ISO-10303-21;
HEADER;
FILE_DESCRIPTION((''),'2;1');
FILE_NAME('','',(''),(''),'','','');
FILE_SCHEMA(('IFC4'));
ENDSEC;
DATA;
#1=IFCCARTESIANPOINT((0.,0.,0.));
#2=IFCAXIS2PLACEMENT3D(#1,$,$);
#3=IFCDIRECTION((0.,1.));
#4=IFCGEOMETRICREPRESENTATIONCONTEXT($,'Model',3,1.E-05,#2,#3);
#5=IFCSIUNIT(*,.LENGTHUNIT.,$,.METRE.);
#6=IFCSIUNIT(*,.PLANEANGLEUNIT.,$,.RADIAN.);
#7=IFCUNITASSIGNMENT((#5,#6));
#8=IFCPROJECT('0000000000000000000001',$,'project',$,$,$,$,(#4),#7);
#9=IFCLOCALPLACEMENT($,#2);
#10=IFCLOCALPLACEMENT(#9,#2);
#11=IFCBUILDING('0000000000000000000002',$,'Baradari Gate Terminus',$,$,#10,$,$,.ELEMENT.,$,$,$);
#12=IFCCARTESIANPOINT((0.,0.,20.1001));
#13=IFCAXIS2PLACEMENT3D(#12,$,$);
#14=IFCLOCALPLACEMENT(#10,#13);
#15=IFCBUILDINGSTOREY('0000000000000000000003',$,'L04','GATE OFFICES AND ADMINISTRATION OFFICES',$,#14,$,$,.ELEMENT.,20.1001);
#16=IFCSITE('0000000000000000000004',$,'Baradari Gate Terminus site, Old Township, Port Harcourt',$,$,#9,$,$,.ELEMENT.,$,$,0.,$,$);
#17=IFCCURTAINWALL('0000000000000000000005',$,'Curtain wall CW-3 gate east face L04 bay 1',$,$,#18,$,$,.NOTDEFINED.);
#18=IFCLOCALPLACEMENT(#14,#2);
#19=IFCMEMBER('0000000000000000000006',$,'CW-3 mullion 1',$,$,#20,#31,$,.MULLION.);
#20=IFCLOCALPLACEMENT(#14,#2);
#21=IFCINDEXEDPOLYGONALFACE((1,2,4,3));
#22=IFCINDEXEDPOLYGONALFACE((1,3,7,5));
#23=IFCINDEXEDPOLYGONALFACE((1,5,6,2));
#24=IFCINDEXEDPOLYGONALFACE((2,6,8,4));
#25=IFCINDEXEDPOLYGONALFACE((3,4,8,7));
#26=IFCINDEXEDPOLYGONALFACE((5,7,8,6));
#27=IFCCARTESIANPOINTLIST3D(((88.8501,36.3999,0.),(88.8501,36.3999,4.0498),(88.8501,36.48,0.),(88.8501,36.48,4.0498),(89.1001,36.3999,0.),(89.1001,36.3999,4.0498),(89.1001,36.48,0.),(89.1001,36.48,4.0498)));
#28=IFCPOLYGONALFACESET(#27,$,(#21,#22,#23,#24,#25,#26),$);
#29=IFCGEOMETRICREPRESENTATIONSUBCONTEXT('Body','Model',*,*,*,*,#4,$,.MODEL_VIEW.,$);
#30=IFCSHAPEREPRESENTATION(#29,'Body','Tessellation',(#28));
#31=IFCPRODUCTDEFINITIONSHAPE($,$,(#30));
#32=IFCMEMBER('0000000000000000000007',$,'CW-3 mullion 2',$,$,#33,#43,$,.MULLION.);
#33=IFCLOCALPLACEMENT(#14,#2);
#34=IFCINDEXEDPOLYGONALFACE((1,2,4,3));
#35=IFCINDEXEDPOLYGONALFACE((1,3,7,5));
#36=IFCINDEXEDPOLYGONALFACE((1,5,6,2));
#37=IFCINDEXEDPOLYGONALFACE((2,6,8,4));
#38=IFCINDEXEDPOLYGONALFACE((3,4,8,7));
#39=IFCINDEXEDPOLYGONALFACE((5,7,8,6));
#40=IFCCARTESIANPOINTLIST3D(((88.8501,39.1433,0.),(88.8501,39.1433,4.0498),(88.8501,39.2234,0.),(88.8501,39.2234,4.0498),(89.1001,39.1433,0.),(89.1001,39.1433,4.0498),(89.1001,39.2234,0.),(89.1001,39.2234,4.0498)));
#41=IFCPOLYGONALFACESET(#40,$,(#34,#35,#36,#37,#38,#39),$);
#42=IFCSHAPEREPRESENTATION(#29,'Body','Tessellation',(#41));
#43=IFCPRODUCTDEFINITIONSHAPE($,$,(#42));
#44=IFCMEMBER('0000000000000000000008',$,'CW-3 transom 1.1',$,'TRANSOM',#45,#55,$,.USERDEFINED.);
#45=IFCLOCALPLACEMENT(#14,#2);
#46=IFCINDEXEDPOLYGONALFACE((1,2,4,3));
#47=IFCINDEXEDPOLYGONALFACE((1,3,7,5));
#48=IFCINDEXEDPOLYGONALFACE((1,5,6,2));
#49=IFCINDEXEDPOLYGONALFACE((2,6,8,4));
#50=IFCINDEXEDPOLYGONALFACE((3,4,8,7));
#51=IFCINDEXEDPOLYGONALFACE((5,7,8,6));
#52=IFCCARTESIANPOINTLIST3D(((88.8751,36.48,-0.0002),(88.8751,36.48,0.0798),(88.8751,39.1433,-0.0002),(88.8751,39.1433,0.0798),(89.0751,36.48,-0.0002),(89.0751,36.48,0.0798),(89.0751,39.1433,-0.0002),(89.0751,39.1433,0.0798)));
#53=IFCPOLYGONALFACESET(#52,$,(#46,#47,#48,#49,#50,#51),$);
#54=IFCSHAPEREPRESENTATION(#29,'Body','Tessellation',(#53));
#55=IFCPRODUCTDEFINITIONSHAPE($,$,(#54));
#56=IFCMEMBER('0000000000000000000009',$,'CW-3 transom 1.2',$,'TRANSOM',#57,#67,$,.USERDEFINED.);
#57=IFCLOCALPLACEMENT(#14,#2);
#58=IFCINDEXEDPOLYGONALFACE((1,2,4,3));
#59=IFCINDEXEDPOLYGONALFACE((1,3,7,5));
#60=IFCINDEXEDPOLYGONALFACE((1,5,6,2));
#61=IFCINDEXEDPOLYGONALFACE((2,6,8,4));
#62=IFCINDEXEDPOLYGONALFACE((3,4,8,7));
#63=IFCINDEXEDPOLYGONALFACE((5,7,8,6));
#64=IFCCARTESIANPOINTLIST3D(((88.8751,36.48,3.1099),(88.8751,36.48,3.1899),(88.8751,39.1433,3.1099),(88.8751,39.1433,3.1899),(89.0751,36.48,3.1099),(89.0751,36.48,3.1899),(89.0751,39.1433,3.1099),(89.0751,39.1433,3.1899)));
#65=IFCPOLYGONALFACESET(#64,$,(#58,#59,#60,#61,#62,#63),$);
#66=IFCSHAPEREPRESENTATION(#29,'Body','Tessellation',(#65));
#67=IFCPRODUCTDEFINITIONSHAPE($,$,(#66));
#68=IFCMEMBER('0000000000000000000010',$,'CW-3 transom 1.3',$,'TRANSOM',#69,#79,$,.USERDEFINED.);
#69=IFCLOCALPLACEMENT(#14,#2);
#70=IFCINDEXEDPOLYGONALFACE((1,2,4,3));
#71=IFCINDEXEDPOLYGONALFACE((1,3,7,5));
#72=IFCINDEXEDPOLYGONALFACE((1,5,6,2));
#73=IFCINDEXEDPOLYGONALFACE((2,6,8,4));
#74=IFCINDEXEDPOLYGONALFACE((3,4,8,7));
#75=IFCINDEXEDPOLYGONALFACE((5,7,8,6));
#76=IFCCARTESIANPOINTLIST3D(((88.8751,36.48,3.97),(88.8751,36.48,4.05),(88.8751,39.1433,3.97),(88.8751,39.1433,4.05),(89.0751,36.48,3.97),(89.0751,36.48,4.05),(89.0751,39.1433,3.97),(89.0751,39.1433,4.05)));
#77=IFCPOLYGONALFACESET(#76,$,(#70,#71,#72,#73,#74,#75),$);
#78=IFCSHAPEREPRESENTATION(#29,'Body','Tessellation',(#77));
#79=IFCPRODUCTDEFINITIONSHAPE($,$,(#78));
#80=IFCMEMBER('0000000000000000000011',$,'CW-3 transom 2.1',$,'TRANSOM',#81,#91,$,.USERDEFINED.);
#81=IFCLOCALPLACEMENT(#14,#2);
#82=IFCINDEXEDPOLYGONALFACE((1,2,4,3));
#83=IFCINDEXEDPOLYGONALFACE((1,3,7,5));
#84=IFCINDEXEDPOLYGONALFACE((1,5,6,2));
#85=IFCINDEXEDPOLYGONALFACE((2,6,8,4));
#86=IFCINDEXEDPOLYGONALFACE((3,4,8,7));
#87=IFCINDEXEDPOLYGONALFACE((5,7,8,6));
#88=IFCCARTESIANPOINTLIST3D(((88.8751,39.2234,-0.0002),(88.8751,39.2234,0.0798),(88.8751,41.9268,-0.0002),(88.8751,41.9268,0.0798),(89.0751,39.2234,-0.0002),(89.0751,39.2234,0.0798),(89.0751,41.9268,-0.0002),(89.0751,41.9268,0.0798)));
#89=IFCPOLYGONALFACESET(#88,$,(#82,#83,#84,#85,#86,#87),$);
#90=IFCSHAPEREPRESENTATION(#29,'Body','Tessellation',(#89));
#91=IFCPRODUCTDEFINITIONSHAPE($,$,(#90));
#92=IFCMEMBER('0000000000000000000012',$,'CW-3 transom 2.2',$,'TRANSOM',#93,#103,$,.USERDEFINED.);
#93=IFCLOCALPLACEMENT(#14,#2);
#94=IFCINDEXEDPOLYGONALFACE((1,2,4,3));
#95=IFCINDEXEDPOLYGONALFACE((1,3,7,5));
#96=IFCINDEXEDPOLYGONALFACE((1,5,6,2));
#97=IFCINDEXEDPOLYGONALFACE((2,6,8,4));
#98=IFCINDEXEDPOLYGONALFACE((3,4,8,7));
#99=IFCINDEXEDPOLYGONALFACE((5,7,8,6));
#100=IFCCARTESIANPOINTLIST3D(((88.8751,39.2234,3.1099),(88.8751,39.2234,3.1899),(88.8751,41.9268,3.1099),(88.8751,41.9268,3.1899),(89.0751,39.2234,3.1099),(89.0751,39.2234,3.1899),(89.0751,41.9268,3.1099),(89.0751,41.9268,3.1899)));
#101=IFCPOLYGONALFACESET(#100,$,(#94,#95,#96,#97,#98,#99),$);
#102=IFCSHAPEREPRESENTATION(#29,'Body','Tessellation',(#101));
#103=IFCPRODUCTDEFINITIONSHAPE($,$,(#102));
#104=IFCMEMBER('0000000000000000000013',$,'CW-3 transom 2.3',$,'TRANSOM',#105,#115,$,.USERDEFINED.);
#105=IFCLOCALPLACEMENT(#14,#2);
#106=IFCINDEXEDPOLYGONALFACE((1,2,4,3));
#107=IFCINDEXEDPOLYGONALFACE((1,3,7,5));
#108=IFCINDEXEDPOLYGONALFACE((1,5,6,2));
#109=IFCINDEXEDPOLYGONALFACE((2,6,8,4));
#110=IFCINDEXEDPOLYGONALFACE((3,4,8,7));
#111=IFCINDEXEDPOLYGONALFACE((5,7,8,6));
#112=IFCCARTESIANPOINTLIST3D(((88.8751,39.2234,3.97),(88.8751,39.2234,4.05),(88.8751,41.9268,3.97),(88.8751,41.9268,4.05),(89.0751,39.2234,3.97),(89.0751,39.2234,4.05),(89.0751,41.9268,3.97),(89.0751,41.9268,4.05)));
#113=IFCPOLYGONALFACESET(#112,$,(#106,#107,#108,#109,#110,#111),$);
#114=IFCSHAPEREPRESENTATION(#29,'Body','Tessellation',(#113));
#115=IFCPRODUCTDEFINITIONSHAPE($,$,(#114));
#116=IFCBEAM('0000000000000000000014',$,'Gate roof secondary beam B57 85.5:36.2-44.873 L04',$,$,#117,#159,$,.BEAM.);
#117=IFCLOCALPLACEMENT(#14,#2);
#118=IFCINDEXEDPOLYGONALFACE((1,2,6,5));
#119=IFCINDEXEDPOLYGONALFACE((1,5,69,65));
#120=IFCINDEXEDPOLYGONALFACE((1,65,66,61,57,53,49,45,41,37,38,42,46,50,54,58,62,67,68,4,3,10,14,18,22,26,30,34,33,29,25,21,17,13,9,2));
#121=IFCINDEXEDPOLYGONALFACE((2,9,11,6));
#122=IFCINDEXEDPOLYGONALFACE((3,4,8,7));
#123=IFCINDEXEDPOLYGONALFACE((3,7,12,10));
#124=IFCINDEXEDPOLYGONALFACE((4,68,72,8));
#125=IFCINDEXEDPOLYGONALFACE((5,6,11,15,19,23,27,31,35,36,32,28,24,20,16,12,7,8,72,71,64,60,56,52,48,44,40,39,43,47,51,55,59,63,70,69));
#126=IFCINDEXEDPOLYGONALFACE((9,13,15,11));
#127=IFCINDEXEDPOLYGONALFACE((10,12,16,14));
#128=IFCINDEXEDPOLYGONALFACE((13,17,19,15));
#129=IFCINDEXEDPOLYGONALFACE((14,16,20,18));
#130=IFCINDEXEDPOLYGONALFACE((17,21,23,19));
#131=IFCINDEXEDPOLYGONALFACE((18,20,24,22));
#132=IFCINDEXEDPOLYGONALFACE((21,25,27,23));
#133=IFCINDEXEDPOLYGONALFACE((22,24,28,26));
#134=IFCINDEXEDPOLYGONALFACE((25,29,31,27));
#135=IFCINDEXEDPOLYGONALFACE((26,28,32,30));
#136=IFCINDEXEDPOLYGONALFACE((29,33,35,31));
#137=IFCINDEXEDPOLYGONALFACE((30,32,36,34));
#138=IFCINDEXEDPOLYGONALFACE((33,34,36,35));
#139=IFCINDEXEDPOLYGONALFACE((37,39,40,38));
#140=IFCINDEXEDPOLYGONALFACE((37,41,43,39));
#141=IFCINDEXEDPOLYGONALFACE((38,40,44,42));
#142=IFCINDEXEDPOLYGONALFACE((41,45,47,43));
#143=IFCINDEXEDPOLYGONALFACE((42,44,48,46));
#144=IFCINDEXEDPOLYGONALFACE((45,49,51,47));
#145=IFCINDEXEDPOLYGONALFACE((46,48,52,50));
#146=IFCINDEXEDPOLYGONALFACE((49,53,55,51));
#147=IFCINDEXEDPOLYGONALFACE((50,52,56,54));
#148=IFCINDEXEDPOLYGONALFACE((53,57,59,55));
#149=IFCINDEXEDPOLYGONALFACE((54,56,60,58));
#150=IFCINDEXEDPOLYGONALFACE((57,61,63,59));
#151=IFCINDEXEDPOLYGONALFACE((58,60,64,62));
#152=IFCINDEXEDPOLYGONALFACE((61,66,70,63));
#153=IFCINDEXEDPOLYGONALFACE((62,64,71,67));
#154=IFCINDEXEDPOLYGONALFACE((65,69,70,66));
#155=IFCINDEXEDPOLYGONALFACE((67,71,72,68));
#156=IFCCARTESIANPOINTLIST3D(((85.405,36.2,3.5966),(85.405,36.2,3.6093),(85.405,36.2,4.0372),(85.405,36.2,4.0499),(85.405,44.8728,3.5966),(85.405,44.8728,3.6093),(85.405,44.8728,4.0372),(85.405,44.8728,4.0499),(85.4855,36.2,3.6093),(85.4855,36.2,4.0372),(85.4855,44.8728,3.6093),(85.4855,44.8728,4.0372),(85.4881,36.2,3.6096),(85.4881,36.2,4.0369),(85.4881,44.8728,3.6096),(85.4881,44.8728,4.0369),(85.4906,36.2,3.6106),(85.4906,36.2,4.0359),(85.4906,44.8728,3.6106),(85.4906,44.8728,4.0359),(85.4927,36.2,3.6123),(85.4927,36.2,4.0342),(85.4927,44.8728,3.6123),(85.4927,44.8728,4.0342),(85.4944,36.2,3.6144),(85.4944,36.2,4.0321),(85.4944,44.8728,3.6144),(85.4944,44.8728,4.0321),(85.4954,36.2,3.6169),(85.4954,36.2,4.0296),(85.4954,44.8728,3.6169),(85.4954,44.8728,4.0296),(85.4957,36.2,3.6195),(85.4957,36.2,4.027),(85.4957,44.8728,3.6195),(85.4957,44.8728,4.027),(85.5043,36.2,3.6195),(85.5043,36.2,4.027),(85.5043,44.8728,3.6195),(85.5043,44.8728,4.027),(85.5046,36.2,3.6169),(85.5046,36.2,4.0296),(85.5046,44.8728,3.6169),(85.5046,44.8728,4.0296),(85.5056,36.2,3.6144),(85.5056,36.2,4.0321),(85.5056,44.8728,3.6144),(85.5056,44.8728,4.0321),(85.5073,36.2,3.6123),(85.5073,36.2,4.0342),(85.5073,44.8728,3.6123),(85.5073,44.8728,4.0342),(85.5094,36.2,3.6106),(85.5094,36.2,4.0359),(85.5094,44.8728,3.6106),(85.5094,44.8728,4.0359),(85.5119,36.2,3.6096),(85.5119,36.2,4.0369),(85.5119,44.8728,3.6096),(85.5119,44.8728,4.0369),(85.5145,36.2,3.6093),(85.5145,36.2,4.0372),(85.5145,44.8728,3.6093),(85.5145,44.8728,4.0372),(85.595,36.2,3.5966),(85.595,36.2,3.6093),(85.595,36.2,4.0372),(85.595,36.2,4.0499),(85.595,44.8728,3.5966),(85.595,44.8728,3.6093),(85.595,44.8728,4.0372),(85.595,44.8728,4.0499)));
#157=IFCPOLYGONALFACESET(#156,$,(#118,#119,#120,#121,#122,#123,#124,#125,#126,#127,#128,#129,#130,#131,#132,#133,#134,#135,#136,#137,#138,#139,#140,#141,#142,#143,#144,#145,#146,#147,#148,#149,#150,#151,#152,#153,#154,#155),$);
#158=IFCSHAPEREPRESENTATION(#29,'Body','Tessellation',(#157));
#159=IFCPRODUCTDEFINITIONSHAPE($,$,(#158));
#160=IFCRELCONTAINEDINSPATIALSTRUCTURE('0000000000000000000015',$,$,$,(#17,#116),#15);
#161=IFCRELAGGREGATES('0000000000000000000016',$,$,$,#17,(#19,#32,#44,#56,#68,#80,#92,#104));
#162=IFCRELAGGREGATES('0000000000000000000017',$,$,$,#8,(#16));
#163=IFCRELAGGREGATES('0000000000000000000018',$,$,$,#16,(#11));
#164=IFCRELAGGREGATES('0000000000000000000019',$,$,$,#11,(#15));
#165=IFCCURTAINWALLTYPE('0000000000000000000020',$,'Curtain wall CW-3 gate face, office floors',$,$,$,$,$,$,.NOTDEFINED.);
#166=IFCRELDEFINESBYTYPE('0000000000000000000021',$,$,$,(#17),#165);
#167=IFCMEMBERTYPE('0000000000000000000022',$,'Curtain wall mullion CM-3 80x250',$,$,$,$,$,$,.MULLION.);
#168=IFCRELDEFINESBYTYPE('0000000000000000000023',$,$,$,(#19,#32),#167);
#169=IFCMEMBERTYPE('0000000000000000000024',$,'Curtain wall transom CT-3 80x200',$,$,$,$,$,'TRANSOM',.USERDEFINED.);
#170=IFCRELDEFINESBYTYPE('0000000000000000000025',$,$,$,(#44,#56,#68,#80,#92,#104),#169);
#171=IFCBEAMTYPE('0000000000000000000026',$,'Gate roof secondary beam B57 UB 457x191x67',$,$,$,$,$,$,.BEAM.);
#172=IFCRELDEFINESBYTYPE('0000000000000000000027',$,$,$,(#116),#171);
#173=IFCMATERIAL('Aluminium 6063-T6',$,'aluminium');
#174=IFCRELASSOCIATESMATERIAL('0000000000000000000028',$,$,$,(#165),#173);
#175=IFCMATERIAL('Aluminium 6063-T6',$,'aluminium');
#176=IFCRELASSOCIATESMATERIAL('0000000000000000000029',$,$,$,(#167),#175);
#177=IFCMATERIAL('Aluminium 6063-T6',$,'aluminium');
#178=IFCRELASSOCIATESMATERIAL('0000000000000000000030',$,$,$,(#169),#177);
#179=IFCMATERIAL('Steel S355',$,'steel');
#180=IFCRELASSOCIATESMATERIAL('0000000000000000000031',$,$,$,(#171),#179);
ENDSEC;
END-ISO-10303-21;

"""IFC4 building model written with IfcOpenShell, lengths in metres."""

from ifc_helpers import new_model, si_unit, direction, frame, origin, origin_2d, place, context, subcontext, project, spatial, rectangle, i_section, extrude, material, material_profile, profile_set, type_object, element, aggregate, save


model = new_model("IFC4")

# Units and contexts
model_context = context("Model", 3, precision=1e-05, world=origin(), true_north=direction((0.0, 1.0)))
body_context = subcontext(model_context, "Body", "Model", "MODEL_VIEW")
ifc_project = project(units=[si_unit("LENGTHUNIT", "METRE"), si_unit("PLANEANGLEUNIT", "RADIAN")], contexts=[model_context])

# Site, building, storey
site_placement = place(None, origin())
site = spatial("IfcSite", under=ifc_project, at=site_placement, Name="Baradari Gate Terminus site, Old Township, Port Harcourt", CompositionType="ELEMENT", RefElevation=0.0)
building_placement = place(site_placement, origin())
building = spatial("IfcBuilding", under=site, at=building_placement, Name="Baradari Gate Terminus", CompositionType="ELEMENT")
storey_placement = place(building_placement, frame((0.0, 0.0, 20.1001)))
storey = spatial("IfcBuildingStorey", under=building, at=storey_placement, Name="L04", Description="GATE OFFICES AND ADMINISTRATION OFFICES", CompositionType="ELEMENT", Elevation=20.1001)

# Curtain wall, members
ifc_material_1 = material(Name="Aluminium 6063-T6", Category="aluminium")
curtain_wall_type = type_object("IfcCurtainWallType", Name="Curtain wall CW-3 gate face, office floors", PredefinedType="NOTDEFINED", material=ifc_material_1)
curtain_wall_placement = place(storey_placement, origin())
curtain_wall = element("IfcCurtainWall", 1, at=curtain_wall_placement, inside=storey, type_object=curtain_wall_type, Name="Curtain wall CW-3 gate east face L04 bay 1", PredefinedType="NOTDEFINED")
ifc_material_2 = material(Name="Aluminium 6063-T6", Category="aluminium")
ifc_material_profile_1 = material_profile(ifc_material_2, rectangle(XDim=0.25, YDim=0.0801, at=origin_2d()), Name="CM-3 80X250")
ifc_profile_set_1 = profile_set([ifc_material_profile_1], Name="Aluminium 6063-T6")
member_type_1 = type_object("IfcMemberType", Name="Curtain wall mullion CM-3 80x250", PredefinedType="MULLION", material=ifc_profile_set_1)
member_1_placement = place(storey_placement, frame((88.9751, 36.4399, 0.0), z_axis=(0.0, 0.0, 1.0), x_axis=(-1.0, 0.0, 0.0)))
member_1 = element("IfcMember", 2, at=member_1_placement, type_object=member_type_1, Name="CW-3 mullion 1", PredefinedType="MULLION", context=body_context, shape_type="SweptSolid", body=[
    extrude(rectangle(XDim=0.25, YDim=0.0801, at=origin_2d()), origin(), (0.0, 0.0, 1.0), 4.0498),
])
member_2_placement = place(storey_placement, frame((88.9751, 39.1833, 0.0), z_axis=(0.0, 0.0, 1.0), x_axis=(-1.0, 0.0, 0.0)))
member_2 = element("IfcMember", 3, at=member_2_placement, type_object=member_type_1, Name="CW-3 mullion 2", PredefinedType="MULLION", context=body_context, shape_type="SweptSolid", body=[
    extrude(rectangle(XDim=0.25, YDim=0.0801, at=origin_2d()), origin(), (0.0, 0.0, 1.0), 4.0498),
])
ifc_material_3 = material(Name="Aluminium 6063-T6", Category="aluminium")
ifc_material_profile_2 = material_profile(ifc_material_3, rectangle(XDim=0.2, YDim=0.0801, at=origin_2d()), Name="CT-3 80X200")
ifc_profile_set_2 = profile_set([ifc_material_profile_2], Name="Aluminium 6063-T6")
member_type_2 = type_object("IfcMemberType", Name="Curtain wall transom CT-3 80x200", ElementType="TRANSOM", PredefinedType="USERDEFINED", material=ifc_profile_set_2)
member_3_placement = place(storey_placement, frame((88.9751, 36.48, 0.0398), z_axis=(0.0, 1.0, 0.0), x_axis=(-1.0, 0.0, 0.0)))
member_3 = element("IfcMember", 4, at=member_3_placement, type_object=member_type_2, Name="CW-3 transom 1.1", ObjectType="TRANSOM", PredefinedType="USERDEFINED", context=body_context, shape_type="SweptSolid", body=[
    extrude(rectangle(XDim=0.2, YDim=0.0801, at=origin_2d()), origin(), (0.0, 0.0, 1.0), 2.6633),
])
member_4_placement = place(storey_placement, frame((88.9751, 36.48, 3.1499), z_axis=(0.0, 1.0, 0.0), x_axis=(-1.0, 0.0, 0.0)))
member_4 = element("IfcMember", 5, at=member_4_placement, type_object=member_type_2, Name="CW-3 transom 1.2", ObjectType="TRANSOM", PredefinedType="USERDEFINED", context=body_context, shape_type="SweptSolid", body=[
    extrude(rectangle(XDim=0.2, YDim=0.0801, at=origin_2d()), origin(), (0.0, 0.0, 1.0), 2.6633),
])
member_5_placement = place(storey_placement, frame((88.9751, 36.48, 4.01), z_axis=(0.0, 1.0, 0.0), x_axis=(-1.0, 0.0, 0.0)))
member_5 = element("IfcMember", 6, at=member_5_placement, type_object=member_type_2, Name="CW-3 transom 1.3", ObjectType="TRANSOM", PredefinedType="USERDEFINED", context=body_context, shape_type="SweptSolid", body=[
    extrude(rectangle(XDim=0.2, YDim=0.0801, at=origin_2d()), origin(), (0.0, 0.0, 1.0), 2.6633),
])
member_6_placement = place(storey_placement, frame((88.9751, 39.2234, 0.0398), z_axis=(0.0, 1.0, 0.0), x_axis=(-1.0, 0.0, 0.0)))
member_6 = element("IfcMember", 7, at=member_6_placement, type_object=member_type_2, Name="CW-3 transom 2.1", ObjectType="TRANSOM", PredefinedType="USERDEFINED", context=body_context, shape_type="SweptSolid", body=[
    extrude(rectangle(XDim=0.2, YDim=0.0801, at=origin_2d()), origin(), (0.0, 0.0, 1.0), 2.7034),
])
member_7_placement = place(storey_placement, frame((88.9751, 39.2234, 3.1499), z_axis=(0.0, 1.0, 0.0), x_axis=(-1.0, 0.0, 0.0)))
member_7 = element("IfcMember", 8, at=member_7_placement, type_object=member_type_2, Name="CW-3 transom 2.2", ObjectType="TRANSOM", PredefinedType="USERDEFINED", context=body_context, shape_type="SweptSolid", body=[
    extrude(rectangle(XDim=0.2, YDim=0.0801, at=origin_2d()), origin(), (0.0, 0.0, 1.0), 2.7034),
])
member_8_placement = place(storey_placement, frame((88.9751, 39.2234, 4.01), z_axis=(0.0, 1.0, 0.0), x_axis=(-1.0, 0.0, 0.0)))
member_8 = element("IfcMember", 9, at=member_8_placement, type_object=member_type_2, Name="CW-3 transom 2.3", ObjectType="TRANSOM", PredefinedType="USERDEFINED", context=body_context, shape_type="SweptSolid", body=[
    extrude(rectangle(XDim=0.2, YDim=0.0801, at=origin_2d()), origin(), (0.0, 0.0, 1.0), 2.7034),
])

# Beam
ifc_material_4 = material(Name="Steel S355", Category="steel")
ifc_material_profile_3 = material_profile(ifc_material_4, i_section(OverallWidth=0.1899, OverallDepth=0.4534, WebThickness=0.0085, FlangeThickness=0.0127, FilletRadius=0.0103, at=origin_2d()), Name="UB 457x191x67")
ifc_profile_set_3 = profile_set([ifc_material_profile_3], Name="Steel S355")
beam_type_1 = type_object("IfcBeamType", Name="Gate roof secondary beam B57 UB 457x191x67", PredefinedType="BEAM", material=ifc_profile_set_3)
for number, where, z_axis, x_axis, name in (
    (10, (85.5, 36.2, 3.8232), (0.0, 1.0, 0.0), (-1.0, 0.0, 0.0), "Gate roof secondary beam B57 85.5:36.2-44.873 L04"),
):
    element("IfcBeam", number, at=place(storey_placement, frame(where, z_axis=z_axis, x_axis=x_axis)), inside=storey, type_object=beam_type_1, Name=name, PredefinedType="BEAM", context=body_context, shape_type="SweptSolid", body=[
        extrude(i_section(OverallWidth=0.1899, OverallDepth=0.4534, WebThickness=0.0085, FlangeThickness=0.0127, FilletRadius=0.0103, at=origin_2d()), origin(), (0.0, 0.0, 1.0), 8.6729),
    ])

aggregate(curtain_wall, [member_1, member_2, member_3, member_4, member_5, member_6, member_7, member_8])

save(model, "model.ifc")
